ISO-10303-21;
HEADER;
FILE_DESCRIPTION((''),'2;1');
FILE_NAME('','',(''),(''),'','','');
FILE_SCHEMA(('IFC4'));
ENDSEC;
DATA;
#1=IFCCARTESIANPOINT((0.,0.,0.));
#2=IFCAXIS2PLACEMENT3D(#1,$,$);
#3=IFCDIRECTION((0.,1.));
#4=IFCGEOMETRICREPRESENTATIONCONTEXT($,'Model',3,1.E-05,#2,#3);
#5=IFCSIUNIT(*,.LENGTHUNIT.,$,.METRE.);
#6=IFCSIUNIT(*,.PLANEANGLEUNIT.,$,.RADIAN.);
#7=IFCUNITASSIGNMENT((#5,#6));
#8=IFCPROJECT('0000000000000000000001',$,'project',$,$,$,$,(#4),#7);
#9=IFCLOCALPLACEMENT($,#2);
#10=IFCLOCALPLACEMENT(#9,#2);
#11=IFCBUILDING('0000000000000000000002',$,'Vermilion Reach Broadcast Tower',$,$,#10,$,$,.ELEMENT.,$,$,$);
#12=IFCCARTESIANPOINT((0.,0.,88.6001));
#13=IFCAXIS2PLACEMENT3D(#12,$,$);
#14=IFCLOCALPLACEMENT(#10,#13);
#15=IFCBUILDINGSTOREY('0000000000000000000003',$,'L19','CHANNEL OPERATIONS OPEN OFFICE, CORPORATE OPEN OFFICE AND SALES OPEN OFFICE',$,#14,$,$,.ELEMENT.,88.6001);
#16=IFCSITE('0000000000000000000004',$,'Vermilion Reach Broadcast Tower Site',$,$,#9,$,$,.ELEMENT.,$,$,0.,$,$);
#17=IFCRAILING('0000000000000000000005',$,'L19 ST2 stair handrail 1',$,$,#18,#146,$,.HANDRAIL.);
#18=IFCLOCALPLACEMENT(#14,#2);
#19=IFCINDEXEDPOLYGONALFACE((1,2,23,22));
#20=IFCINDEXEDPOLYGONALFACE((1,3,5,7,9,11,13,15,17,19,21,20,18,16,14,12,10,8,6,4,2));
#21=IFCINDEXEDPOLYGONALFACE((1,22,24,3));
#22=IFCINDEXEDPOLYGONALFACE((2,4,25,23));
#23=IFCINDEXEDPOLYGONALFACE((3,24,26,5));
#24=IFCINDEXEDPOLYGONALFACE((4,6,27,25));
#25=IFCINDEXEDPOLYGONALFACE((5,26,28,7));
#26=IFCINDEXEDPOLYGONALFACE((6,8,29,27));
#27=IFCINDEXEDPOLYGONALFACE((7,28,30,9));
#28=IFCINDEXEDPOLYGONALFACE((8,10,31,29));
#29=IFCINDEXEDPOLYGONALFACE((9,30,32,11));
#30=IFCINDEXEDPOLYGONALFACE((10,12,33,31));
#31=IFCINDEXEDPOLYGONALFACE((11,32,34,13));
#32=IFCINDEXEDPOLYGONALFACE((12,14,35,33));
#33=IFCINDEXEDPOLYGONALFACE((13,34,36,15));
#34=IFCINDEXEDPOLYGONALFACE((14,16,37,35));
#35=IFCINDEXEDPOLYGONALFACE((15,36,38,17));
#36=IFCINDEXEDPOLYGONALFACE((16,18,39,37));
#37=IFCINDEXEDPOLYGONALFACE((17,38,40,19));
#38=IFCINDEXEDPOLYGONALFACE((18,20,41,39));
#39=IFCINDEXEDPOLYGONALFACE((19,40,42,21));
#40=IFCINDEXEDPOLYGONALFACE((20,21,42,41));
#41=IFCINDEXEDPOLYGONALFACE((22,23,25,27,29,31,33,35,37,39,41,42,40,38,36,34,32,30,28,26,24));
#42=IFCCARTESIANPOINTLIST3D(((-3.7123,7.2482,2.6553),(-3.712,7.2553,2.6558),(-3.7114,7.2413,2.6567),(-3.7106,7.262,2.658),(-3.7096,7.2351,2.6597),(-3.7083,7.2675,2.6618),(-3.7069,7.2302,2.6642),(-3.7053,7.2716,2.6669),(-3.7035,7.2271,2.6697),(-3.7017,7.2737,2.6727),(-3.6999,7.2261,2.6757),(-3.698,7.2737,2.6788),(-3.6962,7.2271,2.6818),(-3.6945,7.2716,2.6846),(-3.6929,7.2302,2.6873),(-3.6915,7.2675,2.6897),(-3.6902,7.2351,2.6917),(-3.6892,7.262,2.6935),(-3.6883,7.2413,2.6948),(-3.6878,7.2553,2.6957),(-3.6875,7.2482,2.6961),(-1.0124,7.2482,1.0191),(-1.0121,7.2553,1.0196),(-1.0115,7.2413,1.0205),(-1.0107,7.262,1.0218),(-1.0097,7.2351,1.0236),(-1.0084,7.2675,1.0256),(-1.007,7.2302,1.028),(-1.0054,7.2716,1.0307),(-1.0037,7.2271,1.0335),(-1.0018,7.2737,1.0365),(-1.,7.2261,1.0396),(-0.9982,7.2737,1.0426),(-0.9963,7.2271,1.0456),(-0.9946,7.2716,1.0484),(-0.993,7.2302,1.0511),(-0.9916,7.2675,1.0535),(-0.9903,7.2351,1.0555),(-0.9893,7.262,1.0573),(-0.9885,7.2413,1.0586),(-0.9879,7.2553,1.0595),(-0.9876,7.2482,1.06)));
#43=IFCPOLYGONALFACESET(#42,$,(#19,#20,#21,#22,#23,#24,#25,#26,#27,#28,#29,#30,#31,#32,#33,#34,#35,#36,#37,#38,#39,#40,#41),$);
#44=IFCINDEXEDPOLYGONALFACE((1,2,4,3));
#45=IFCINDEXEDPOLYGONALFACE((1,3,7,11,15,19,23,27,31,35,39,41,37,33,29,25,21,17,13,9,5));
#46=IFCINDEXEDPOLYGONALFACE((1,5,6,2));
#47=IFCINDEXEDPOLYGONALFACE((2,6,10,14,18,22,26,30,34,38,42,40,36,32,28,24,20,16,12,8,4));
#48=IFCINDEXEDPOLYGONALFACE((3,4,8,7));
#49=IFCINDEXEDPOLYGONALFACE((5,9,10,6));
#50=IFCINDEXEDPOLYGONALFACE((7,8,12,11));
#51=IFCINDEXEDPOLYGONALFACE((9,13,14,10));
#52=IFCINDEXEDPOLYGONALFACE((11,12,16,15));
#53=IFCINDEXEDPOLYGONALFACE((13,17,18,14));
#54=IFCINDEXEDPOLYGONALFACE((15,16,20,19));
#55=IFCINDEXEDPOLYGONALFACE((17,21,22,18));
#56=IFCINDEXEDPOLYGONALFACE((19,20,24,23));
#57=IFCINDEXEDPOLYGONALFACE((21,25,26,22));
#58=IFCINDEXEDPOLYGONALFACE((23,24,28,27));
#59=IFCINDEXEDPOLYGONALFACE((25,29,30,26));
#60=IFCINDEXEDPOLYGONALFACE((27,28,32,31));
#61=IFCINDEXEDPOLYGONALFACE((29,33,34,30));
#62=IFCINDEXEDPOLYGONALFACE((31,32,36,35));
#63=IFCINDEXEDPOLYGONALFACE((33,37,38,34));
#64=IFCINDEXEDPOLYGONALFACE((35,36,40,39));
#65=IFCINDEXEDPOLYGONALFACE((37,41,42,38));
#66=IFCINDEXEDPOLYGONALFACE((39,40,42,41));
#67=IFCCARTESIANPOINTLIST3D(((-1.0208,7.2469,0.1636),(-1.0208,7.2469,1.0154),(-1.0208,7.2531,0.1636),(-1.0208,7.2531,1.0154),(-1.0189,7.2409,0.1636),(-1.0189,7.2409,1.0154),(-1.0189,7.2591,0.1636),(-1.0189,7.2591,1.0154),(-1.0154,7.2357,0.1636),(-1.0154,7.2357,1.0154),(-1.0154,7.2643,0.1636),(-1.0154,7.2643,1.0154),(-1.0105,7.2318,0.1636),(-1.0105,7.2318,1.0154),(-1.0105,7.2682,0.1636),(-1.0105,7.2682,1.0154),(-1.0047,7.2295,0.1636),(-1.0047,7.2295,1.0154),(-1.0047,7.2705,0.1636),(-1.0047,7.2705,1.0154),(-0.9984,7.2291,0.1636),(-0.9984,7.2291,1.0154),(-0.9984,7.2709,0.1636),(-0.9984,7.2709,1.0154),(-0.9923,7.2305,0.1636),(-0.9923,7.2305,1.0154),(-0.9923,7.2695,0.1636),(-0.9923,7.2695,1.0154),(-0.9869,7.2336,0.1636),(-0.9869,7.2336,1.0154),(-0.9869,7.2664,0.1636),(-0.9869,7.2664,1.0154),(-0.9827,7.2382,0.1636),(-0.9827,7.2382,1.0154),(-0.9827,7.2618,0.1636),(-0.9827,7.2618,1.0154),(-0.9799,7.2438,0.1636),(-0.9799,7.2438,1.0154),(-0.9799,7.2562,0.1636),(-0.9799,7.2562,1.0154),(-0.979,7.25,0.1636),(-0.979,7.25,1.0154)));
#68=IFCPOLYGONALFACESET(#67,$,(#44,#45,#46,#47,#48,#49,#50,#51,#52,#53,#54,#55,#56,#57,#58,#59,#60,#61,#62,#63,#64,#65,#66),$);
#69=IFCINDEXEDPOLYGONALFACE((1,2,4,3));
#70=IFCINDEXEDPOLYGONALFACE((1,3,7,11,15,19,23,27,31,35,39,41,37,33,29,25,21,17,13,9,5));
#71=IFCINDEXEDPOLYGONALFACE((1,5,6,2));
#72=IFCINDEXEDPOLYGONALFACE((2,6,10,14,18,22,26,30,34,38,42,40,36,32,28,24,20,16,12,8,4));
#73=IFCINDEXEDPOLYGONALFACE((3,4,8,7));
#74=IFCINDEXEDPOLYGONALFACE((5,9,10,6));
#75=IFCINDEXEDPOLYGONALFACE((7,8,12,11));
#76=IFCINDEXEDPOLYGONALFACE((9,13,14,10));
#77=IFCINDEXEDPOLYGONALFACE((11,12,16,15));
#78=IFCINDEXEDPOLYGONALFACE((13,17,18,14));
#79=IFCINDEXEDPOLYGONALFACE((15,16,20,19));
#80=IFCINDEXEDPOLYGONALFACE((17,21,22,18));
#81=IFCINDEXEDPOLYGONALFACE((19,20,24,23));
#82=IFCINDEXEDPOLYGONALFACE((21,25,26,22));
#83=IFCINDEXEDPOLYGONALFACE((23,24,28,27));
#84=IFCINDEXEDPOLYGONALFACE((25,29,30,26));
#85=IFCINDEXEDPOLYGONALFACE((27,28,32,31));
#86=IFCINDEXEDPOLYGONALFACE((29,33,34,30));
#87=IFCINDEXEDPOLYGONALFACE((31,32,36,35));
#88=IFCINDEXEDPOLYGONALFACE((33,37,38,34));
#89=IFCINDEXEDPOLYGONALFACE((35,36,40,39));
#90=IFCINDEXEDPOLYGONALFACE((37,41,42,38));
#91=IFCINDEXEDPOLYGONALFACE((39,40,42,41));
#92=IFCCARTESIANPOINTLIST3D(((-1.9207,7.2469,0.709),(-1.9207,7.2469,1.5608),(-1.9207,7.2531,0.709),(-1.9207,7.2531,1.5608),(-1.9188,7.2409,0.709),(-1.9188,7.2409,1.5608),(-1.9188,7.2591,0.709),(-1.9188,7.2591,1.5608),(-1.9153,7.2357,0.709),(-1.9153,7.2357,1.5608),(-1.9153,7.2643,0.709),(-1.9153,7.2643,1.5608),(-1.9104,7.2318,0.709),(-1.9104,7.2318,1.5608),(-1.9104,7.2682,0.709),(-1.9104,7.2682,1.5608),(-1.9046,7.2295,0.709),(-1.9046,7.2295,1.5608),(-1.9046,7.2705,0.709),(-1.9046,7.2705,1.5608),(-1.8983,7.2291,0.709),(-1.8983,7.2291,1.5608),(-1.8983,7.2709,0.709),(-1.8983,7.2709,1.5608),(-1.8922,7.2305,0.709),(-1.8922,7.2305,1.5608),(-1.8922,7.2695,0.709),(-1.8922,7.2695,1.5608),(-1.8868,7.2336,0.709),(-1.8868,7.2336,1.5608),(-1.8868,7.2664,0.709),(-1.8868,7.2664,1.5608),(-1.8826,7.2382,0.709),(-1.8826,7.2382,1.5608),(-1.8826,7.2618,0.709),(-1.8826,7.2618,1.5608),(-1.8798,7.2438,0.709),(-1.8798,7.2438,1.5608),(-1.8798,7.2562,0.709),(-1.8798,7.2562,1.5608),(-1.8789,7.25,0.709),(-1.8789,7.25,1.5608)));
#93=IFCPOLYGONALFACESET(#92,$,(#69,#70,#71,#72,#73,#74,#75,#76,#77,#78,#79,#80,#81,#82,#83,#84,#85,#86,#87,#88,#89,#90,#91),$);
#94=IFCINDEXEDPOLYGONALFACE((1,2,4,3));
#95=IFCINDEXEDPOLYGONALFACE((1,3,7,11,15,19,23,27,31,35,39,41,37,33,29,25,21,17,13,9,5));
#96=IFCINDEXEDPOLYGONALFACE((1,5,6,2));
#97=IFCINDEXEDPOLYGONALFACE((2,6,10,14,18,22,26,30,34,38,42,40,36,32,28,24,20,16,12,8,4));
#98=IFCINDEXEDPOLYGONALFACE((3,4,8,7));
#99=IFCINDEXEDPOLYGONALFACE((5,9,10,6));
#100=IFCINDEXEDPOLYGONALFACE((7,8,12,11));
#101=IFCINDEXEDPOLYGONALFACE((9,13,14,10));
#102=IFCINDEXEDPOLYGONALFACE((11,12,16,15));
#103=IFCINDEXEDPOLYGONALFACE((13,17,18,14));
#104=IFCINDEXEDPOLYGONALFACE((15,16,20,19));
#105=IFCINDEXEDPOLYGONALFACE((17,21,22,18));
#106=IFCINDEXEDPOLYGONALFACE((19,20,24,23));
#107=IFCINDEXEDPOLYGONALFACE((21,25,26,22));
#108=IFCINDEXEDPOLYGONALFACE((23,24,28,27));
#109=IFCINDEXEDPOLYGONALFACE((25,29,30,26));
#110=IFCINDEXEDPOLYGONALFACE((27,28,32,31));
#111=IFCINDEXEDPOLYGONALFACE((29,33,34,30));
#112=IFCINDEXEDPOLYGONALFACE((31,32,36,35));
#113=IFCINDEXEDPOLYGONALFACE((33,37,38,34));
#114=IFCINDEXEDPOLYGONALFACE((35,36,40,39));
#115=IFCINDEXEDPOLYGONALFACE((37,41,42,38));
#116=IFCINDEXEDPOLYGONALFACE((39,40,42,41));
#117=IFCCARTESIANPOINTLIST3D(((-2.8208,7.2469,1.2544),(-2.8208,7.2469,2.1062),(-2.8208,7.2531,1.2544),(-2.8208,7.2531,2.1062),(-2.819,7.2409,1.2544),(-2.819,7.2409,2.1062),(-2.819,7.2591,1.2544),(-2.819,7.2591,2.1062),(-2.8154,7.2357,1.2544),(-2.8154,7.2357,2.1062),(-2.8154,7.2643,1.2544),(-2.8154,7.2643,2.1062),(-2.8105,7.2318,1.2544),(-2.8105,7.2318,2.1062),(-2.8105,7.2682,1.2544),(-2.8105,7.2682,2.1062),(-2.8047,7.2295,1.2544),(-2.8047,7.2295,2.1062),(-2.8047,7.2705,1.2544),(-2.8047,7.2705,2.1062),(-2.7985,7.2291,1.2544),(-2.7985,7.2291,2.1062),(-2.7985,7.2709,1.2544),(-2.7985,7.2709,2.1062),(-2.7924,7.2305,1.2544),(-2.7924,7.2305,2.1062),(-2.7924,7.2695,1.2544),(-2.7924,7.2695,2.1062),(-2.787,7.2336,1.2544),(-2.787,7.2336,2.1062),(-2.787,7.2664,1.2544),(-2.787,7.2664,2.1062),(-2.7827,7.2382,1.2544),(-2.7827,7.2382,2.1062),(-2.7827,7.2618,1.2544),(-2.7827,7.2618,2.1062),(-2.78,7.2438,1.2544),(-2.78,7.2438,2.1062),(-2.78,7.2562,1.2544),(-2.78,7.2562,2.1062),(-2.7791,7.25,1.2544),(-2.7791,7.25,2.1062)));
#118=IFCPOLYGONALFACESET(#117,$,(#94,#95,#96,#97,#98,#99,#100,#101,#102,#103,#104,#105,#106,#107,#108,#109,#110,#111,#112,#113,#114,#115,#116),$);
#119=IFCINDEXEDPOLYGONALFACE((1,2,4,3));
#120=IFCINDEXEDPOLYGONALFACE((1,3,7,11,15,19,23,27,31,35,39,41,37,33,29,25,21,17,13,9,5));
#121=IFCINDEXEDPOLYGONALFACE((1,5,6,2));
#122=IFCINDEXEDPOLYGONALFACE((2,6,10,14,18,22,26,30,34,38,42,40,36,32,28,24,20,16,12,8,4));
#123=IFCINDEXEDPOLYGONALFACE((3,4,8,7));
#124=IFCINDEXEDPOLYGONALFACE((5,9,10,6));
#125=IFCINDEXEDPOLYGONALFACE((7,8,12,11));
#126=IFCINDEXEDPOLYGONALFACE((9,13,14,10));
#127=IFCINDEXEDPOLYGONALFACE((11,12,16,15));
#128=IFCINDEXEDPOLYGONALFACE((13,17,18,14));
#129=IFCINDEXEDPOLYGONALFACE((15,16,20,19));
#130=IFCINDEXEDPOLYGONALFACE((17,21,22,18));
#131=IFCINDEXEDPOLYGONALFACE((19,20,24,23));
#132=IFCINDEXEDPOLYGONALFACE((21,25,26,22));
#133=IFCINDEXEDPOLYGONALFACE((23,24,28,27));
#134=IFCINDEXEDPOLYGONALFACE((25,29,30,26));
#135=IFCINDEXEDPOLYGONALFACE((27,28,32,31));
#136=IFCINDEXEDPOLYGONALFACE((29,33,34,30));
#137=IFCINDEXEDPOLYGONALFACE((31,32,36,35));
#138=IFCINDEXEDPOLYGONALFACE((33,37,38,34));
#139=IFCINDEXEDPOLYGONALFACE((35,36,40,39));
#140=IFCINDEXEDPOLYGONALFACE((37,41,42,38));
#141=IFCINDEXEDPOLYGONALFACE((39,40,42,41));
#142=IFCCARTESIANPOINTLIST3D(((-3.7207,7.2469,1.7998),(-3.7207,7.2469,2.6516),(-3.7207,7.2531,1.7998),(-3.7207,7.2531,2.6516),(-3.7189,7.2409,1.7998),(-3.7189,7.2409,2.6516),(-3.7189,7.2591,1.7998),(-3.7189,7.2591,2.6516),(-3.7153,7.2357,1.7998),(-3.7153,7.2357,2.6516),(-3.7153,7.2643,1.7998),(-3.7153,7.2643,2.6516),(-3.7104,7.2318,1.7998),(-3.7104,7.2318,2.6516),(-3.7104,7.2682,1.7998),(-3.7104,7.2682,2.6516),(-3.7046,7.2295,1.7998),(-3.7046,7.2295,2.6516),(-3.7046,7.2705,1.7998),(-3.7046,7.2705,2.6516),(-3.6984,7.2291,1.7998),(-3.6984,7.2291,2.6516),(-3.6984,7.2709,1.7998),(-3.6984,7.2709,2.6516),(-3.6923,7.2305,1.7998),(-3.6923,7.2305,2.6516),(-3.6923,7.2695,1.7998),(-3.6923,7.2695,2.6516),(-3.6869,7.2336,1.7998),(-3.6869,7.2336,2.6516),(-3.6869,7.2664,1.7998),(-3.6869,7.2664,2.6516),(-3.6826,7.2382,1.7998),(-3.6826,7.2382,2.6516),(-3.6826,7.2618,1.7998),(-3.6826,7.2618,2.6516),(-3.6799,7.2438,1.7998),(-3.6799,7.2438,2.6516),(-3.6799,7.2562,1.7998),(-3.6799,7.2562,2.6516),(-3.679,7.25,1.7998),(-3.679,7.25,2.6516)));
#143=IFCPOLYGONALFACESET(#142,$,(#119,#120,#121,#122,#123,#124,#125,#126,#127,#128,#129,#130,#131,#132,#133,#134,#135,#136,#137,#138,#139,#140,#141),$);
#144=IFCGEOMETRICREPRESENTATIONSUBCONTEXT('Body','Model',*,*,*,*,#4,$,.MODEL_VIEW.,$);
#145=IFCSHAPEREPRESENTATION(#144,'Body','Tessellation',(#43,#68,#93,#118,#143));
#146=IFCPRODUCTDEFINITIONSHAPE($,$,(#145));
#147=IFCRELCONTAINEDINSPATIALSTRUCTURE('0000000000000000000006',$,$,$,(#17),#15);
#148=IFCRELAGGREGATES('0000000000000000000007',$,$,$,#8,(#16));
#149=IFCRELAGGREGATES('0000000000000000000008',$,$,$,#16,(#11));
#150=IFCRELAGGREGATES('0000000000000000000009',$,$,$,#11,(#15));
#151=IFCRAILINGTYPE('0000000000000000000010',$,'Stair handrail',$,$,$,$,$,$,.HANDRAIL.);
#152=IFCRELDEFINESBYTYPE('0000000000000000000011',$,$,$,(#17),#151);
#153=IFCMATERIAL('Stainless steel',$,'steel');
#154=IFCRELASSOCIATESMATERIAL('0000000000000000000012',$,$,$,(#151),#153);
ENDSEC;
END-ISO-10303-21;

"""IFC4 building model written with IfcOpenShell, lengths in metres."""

from ifc_helpers import new_model, si_unit, direction, frame, origin, origin_2d, place, context, subcontext, project, spatial, circle, extrude, material, type_object, element, save


model = new_model("IFC4")

# Units and contexts
model_context = context("Model", 3, precision=1e-05, world=origin(), true_north=direction((0.0, 1.0)))
body_context = subcontext(model_context, "Body", "Model", "MODEL_VIEW")
ifc_project = project(units=[si_unit("LENGTHUNIT", "METRE"), si_unit("PLANEANGLEUNIT", "RADIAN")], contexts=[model_context])

# Site, building, storey
site_placement = place(None, origin())
site = spatial("IfcSite", under=ifc_project, at=site_placement, Name="Vermilion Reach Broadcast Tower Site", CompositionType="ELEMENT", RefElevation=0.0)
building_placement = place(site_placement, origin())
building = spatial("IfcBuilding", under=site, at=building_placement, Name="Vermilion Reach Broadcast Tower", CompositionType="ELEMENT")
storey_placement = place(building_placement, frame((0.0, 0.0, 88.6001)))
storey = spatial("IfcBuildingStorey", under=building, at=storey_placement, Name="L19", Description="CHANNEL OPERATIONS OPEN OFFICE, CORPORATE OPEN OFFICE AND SALES OPEN OFFICE", CompositionType="ELEMENT", Elevation=88.6001)

# Railing
ifc_material_1 = material(Name="Stainless steel", Category="steel")
railing_type_1 = type_object("IfcRailingType", Name="Stair handrail", PredefinedType="HANDRAIL", material=ifc_material_1)
railing_1_placement = place(storey_placement, frame((-1.0, 7.25, 0.1636)))
element("IfcRailing", 1, at=railing_1_placement, inside=storey, type_object=railing_type_1, Name="L19 ST2 stair handrail 1", PredefinedType="HANDRAIL", context=body_context, shape_type="SweptSolid", body=[
    extrude(circle(Radius=0.0239, at=origin_2d()), frame((0.0, 0.0, 0.876), z_axis=(-0.855212, 0.0, 0.518278), x_axis=(0.0, -1.0, 0.0)), (0.0, 0.0, 1.0), 3.157),
    extrude(circle(Radius=0.021, at=origin_2d()), origin(), (0.0, 0.0, 1.0), 0.8518),
    extrude(circle(Radius=0.021, at=origin_2d()), frame((-0.8999, 0.0, 0.5454)), (0.0, 0.0, 1.0), 0.8518),
    extrude(circle(Radius=0.021, at=origin_2d()), frame((-1.8, 0.0, 1.0908)), (0.0, 0.0, 1.0), 0.8518),
    extrude(circle(Radius=0.021, at=origin_2d()), frame((-2.7, 0.0, 1.6362)), (0.0, 0.0, 1.0), 0.8518),
])

save(model, "model.ifc")
